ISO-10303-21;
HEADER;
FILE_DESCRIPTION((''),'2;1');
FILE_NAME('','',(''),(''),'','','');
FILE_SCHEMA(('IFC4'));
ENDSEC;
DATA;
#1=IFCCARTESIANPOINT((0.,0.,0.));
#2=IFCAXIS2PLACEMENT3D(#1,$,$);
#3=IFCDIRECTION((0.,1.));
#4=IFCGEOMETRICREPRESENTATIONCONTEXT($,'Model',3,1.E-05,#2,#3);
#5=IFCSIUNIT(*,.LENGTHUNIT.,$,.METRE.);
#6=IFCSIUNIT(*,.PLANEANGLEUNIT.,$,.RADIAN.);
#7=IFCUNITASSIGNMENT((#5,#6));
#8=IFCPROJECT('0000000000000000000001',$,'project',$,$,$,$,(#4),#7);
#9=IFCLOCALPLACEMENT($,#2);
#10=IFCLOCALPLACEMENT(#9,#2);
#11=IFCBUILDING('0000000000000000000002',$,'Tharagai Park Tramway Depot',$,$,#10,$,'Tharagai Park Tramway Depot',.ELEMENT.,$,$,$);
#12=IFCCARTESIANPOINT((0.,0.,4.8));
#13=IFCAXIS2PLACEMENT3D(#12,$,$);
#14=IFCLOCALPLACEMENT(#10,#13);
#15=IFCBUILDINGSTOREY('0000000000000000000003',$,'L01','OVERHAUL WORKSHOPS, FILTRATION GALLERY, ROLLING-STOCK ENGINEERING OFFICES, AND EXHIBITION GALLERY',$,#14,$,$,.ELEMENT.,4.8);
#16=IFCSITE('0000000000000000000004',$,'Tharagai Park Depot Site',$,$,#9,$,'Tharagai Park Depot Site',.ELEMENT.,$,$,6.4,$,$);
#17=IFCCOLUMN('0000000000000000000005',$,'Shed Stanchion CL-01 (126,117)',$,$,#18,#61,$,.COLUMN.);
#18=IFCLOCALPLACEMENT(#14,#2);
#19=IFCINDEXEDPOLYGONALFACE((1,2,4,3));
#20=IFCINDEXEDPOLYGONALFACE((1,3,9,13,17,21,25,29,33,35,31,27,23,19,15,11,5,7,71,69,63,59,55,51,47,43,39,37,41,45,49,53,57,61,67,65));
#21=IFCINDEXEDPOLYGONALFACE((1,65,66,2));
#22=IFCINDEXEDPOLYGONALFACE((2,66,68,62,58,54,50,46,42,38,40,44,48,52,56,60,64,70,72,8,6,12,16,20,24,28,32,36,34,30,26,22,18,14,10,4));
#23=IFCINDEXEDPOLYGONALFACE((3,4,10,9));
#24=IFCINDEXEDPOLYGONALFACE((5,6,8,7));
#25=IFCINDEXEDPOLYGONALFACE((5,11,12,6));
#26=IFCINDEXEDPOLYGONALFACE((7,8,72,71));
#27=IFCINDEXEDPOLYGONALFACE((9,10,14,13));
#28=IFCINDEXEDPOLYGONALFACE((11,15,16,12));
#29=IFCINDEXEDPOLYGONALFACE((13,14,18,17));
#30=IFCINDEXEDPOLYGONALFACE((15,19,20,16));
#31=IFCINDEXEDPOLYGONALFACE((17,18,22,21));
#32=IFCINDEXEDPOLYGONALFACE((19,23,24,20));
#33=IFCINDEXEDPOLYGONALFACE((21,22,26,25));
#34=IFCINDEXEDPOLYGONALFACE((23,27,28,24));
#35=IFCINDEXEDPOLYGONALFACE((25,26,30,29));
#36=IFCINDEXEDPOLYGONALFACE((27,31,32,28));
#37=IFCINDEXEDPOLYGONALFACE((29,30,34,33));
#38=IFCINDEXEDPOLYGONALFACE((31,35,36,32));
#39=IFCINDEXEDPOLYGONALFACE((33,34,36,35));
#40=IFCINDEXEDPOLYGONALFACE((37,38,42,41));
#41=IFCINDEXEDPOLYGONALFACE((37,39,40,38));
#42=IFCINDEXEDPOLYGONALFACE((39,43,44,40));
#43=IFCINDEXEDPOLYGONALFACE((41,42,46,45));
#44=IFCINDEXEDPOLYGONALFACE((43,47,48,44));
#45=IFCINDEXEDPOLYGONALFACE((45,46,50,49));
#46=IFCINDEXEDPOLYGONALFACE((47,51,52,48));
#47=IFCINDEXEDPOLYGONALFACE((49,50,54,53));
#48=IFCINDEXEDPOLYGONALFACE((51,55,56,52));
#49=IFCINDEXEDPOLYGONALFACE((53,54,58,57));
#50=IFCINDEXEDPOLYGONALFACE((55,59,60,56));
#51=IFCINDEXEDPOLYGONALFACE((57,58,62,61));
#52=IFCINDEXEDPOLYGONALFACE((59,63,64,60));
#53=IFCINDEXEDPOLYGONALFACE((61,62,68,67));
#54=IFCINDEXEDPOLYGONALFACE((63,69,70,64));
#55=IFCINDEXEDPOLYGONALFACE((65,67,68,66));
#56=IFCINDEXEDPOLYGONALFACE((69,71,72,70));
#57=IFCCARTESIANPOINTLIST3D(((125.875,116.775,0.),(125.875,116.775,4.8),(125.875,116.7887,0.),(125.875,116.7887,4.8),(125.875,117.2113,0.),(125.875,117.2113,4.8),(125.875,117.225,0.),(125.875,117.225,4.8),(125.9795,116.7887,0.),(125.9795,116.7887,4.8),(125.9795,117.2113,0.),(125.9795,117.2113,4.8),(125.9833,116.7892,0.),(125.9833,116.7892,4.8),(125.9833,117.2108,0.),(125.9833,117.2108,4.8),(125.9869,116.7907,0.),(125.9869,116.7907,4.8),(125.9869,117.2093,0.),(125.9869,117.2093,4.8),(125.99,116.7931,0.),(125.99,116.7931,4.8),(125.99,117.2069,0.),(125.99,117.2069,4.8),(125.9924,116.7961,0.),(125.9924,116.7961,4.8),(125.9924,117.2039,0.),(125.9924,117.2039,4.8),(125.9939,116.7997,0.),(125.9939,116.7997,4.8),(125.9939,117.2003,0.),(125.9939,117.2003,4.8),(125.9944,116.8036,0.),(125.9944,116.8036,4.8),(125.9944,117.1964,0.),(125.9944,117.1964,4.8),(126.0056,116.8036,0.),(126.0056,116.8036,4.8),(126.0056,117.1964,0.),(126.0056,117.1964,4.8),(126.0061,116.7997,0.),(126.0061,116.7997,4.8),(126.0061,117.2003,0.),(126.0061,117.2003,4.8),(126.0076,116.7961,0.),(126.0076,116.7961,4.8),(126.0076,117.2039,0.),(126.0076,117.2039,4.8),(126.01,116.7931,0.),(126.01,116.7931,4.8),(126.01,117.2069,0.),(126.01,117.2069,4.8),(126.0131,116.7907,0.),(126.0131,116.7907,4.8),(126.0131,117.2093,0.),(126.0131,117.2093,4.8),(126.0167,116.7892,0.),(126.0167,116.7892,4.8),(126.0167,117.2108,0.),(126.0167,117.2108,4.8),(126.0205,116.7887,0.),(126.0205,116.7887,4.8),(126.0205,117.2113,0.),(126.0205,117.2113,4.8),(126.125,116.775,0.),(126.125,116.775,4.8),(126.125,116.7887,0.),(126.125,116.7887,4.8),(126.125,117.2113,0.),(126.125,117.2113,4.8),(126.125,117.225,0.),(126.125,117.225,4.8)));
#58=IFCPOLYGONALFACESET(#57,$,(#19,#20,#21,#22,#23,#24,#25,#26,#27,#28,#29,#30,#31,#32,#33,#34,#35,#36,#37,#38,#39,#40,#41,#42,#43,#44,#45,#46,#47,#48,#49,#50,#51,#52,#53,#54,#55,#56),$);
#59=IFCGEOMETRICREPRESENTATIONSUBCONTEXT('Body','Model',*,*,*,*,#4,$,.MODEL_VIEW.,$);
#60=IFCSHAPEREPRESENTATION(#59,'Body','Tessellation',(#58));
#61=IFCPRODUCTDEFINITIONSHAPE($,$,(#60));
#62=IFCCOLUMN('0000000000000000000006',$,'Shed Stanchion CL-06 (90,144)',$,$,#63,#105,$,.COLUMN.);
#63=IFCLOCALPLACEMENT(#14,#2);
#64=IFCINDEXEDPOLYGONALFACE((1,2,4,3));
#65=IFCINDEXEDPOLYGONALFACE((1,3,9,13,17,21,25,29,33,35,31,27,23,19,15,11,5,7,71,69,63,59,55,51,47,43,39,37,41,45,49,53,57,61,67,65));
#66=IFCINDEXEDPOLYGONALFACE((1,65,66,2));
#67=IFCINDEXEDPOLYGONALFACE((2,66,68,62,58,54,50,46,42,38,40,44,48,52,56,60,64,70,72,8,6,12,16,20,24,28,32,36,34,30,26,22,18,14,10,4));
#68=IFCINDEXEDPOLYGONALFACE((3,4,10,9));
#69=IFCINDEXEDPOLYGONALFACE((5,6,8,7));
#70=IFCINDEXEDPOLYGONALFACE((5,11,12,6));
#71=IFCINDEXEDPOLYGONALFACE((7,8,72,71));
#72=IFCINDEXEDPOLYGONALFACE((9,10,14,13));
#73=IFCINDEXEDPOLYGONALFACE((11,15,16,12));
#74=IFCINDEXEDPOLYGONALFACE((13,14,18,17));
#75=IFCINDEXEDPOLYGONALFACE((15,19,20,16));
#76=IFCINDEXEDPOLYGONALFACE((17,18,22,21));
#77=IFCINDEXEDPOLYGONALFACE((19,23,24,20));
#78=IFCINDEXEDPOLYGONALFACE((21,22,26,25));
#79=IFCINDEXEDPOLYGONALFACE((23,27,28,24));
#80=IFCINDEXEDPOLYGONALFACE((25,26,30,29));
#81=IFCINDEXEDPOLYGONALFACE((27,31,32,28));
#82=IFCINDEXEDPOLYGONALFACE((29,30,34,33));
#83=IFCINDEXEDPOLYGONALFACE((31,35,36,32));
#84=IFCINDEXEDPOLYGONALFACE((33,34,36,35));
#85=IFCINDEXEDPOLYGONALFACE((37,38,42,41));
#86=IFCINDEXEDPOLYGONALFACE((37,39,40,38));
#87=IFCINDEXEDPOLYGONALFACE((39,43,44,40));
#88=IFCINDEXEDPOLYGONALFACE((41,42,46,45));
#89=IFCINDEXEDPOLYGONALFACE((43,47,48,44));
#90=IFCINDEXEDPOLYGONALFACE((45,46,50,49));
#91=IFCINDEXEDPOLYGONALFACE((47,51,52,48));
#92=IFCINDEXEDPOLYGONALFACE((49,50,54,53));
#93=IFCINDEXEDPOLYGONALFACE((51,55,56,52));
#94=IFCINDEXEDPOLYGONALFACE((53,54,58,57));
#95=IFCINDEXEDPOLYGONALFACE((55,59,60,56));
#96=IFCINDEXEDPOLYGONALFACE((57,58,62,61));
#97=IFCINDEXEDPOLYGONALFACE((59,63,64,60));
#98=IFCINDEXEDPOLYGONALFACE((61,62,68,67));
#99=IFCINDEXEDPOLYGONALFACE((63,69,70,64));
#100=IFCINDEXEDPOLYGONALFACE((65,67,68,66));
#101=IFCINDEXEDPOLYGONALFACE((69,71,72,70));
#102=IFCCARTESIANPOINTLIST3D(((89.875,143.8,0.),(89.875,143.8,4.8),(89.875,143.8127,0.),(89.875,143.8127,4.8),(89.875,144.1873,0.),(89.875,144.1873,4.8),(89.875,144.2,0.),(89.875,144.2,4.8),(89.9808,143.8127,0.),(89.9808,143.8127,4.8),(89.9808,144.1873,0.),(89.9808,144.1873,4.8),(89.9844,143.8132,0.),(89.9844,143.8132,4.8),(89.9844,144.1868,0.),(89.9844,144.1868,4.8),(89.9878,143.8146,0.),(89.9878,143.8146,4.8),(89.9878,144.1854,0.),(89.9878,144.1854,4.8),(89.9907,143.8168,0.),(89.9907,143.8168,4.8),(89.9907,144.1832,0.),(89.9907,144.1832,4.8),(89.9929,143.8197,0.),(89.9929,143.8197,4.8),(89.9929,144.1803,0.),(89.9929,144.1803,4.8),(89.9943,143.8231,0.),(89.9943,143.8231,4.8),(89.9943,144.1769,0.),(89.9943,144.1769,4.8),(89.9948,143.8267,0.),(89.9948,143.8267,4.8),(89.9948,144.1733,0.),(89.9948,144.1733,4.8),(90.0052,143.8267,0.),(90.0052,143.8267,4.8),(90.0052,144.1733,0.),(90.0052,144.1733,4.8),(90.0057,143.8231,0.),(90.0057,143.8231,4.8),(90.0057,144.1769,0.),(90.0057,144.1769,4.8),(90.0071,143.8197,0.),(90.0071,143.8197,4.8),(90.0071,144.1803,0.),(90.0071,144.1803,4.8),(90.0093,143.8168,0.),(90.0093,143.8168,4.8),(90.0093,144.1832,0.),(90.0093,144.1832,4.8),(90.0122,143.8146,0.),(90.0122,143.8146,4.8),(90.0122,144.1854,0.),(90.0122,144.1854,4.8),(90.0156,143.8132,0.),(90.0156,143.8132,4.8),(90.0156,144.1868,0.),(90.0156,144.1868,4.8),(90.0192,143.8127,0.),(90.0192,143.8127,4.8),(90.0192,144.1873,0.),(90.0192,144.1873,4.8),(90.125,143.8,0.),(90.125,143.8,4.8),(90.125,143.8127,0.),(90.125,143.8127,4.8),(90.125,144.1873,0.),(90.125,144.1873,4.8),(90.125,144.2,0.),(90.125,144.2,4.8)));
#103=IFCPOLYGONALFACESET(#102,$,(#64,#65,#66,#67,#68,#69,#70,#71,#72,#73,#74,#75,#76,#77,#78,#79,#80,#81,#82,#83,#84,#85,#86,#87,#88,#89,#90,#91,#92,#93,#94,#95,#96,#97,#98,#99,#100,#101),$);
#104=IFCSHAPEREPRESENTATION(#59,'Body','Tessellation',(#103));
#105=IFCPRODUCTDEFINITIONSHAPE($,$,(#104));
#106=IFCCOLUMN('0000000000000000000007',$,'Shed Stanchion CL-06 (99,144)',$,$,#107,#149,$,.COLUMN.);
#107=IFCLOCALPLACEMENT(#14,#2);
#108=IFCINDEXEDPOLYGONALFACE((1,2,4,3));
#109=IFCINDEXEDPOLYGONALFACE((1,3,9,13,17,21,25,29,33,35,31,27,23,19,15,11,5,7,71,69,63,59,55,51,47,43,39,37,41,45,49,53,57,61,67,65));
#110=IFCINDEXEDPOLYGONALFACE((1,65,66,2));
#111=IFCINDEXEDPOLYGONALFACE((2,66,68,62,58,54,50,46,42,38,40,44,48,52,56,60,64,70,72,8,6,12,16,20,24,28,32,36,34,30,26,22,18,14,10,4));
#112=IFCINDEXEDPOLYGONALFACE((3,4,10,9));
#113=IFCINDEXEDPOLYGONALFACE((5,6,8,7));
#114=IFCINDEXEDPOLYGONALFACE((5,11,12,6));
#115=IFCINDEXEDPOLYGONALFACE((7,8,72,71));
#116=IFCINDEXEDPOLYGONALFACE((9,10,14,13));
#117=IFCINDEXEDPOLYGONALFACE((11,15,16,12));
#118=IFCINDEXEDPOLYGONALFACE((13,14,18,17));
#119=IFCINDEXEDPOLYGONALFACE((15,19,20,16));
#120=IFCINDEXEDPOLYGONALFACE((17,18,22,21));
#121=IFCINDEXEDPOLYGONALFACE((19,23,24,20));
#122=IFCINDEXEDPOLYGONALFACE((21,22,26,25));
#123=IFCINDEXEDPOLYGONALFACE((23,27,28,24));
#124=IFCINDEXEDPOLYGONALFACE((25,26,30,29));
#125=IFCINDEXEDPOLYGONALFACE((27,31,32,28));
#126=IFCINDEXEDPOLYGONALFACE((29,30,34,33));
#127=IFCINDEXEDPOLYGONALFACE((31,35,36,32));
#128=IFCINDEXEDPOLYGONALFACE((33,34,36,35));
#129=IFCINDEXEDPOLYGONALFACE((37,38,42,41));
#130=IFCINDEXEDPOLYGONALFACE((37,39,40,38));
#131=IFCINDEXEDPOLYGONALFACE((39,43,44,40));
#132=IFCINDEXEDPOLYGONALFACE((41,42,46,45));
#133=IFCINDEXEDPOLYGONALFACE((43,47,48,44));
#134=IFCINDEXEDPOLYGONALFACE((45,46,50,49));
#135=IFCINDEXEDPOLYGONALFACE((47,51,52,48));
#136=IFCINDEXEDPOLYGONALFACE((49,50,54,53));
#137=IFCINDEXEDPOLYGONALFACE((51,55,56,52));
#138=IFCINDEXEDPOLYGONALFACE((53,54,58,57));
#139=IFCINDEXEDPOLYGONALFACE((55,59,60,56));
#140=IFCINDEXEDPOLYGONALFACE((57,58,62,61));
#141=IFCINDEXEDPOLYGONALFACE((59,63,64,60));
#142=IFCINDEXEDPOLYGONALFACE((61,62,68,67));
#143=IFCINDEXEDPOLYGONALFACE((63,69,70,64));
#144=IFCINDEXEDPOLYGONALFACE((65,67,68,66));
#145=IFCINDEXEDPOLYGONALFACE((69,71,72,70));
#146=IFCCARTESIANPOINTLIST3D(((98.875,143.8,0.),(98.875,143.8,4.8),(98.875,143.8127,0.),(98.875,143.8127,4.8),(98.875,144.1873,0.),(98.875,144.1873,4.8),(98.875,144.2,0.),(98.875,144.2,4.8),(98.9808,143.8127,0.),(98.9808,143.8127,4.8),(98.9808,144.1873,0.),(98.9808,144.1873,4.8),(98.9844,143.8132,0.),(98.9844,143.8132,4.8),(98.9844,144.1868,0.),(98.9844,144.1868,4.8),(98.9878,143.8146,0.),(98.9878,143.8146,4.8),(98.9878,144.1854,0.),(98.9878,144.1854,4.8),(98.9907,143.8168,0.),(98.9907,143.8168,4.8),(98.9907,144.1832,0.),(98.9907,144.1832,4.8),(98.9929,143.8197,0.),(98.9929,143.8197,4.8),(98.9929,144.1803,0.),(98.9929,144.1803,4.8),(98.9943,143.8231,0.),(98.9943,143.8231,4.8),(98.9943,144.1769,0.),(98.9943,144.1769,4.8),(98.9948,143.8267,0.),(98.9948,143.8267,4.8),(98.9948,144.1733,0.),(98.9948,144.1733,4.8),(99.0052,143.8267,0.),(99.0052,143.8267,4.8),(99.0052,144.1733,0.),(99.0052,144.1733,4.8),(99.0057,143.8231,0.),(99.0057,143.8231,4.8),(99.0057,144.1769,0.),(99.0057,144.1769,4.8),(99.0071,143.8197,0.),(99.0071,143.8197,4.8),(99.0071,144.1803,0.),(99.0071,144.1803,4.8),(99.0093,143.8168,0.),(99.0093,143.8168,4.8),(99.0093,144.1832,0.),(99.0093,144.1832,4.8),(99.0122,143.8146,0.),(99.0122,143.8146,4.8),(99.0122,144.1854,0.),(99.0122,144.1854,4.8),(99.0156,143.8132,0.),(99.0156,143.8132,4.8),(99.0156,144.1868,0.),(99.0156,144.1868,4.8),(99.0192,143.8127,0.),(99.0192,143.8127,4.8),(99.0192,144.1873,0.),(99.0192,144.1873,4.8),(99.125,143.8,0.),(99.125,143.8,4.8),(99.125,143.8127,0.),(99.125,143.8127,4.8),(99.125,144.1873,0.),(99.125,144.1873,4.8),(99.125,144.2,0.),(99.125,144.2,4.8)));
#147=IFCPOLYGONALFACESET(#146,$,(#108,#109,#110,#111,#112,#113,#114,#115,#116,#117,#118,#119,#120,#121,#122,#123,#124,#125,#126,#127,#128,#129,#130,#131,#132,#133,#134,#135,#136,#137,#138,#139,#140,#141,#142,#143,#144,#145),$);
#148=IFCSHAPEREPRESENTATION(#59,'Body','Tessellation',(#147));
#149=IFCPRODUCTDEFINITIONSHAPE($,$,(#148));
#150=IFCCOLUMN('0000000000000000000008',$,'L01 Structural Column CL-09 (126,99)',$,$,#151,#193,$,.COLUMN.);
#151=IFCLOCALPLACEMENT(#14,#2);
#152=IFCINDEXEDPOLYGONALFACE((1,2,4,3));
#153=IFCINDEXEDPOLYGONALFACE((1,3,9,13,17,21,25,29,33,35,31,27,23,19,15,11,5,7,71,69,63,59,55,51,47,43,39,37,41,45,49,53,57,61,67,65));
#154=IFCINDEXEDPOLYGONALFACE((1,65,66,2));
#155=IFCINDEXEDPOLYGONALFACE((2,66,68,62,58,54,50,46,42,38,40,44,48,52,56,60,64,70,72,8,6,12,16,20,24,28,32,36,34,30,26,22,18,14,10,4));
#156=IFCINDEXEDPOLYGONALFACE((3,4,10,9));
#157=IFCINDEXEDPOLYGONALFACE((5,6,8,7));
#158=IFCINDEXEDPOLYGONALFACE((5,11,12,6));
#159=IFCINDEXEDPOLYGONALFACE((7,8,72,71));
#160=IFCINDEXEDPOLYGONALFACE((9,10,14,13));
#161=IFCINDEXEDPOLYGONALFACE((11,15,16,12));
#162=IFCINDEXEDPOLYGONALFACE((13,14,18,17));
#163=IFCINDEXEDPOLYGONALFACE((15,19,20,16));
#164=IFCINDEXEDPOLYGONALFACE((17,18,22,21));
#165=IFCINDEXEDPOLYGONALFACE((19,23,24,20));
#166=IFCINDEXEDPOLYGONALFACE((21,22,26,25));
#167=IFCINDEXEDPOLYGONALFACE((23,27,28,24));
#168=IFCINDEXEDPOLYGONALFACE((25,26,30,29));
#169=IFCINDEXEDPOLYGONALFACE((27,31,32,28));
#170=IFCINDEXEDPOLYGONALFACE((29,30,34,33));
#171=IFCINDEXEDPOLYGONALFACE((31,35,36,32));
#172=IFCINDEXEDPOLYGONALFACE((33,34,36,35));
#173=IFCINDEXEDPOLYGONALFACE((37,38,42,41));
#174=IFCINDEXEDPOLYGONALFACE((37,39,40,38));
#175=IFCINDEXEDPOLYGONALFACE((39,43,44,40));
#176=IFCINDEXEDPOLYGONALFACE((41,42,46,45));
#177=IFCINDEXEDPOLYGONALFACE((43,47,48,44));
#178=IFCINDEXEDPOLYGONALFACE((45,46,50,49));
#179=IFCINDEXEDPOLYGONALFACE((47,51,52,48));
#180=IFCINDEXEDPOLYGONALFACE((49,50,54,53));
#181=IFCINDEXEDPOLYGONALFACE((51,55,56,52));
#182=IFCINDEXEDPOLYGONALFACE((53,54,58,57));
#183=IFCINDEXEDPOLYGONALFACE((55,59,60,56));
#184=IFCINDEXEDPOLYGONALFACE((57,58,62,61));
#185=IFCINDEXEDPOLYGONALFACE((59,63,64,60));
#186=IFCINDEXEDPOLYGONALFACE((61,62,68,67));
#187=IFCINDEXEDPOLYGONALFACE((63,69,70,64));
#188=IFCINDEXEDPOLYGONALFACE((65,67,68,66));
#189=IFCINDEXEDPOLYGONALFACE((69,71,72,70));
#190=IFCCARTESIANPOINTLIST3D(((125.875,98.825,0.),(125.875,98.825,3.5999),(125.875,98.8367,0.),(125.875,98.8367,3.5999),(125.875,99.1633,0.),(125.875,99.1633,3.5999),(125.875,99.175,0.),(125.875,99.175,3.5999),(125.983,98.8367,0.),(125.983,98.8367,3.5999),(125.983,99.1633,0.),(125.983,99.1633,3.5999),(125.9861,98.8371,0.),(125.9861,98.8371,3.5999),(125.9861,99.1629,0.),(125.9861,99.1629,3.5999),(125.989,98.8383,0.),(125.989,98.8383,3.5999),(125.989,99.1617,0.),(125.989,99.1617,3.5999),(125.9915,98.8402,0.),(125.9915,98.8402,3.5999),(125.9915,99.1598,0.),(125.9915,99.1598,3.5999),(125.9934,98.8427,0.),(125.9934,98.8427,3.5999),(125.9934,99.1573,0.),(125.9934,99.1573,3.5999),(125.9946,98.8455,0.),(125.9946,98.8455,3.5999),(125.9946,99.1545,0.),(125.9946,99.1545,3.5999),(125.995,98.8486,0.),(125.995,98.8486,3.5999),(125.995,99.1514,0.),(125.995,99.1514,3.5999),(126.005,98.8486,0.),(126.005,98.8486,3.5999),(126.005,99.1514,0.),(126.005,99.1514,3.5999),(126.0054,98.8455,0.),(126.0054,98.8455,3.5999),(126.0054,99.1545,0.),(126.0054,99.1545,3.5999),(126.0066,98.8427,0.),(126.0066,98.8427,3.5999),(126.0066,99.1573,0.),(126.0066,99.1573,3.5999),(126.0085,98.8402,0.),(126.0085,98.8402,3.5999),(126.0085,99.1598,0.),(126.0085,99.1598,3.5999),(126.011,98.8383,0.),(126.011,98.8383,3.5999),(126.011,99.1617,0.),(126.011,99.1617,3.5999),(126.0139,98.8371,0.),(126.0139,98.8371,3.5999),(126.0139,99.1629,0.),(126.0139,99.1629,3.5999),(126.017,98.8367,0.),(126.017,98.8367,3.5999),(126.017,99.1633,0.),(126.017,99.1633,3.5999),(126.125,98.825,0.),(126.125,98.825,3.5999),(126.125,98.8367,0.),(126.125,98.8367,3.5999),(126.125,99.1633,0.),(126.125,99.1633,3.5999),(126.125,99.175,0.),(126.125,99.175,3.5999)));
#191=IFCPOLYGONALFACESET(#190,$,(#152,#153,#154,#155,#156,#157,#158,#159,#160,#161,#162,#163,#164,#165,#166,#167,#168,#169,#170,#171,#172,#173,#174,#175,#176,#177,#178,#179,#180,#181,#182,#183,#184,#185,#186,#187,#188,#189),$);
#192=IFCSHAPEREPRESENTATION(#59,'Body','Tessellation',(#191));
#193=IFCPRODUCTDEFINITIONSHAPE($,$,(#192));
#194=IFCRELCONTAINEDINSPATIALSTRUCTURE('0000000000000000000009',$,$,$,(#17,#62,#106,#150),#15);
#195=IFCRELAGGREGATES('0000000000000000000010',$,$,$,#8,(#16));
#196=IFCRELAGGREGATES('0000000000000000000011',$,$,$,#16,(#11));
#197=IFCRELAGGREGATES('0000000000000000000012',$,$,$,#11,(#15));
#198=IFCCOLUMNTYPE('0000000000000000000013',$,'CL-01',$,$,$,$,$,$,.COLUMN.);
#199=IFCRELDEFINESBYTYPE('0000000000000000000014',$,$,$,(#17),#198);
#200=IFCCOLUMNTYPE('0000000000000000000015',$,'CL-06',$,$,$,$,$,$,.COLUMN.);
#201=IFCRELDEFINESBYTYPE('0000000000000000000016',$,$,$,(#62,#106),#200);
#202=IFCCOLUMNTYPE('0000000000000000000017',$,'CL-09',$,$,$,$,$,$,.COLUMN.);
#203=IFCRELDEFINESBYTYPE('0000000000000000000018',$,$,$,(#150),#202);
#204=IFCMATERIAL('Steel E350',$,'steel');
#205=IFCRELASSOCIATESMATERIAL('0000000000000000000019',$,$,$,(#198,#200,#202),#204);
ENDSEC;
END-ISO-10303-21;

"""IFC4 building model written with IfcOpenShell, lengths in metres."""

from ifc_helpers import new_model, si_unit, direction, frame, origin, origin_2d, place, context, subcontext, project, spatial, i_section, extrude, material, material_profile, profile_set, type_object, element, save


model = new_model("IFC4")

# Units and contexts
model_context = context("Model", 3, precision=1e-05, world=origin(), true_north=direction((0.0, 1.0)))
body_context = subcontext(model_context, "Body", "Model", "MODEL_VIEW")
ifc_project = project(units=[si_unit("LENGTHUNIT", "METRE"), si_unit("PLANEANGLEUNIT", "RADIAN")], contexts=[model_context])

# Site, building, storey
site_placement = place(None, origin())
site = spatial("IfcSite", under=ifc_project, at=site_placement, Name="Tharagai Park Depot Site", LongName="Tharagai Park Depot Site", CompositionType="ELEMENT", RefElevation=6.4)
building_placement = place(site_placement, origin())
building = spatial("IfcBuilding", under=site, at=building_placement, Name="Tharagai Park Tramway Depot", LongName="Tharagai Park Tramway Depot", CompositionType="ELEMENT")
storey_placement = place(building_placement, frame((0.0, 0.0, 4.8)))
storey = spatial("IfcBuildingStorey", under=building, at=storey_placement, Name="L01", Description="OVERHAUL WORKSHOPS, FILTRATION GALLERY, ROLLING-STOCK ENGINEERING OFFICES, AND EXHIBITION GALLERY", CompositionType="ELEMENT", Elevation=4.8)

# Columns
ifc_material_1 = material(Name="Steel E350", Category="steel")
ifc_material_profile_1 = material_profile(ifc_material_1, i_section(OverallWidth=0.25, OverallDepth=0.45, WebThickness=0.0112, FlangeThickness=0.0137, FilletRadius=0.0149, at=origin_2d()), Name="ISHB 450")
ifc_profile_set_1 = profile_set([ifc_material_profile_1], Name="Steel E350")
column_type_1 = type_object("IfcColumnType", Name="CL-01", PredefinedType="COLUMN", material=ifc_profile_set_1)
for number, where, z_axis, x_axis, name in (
    (1, (126.0, 117.0, 0.0), (0.0, 0.0, 1.0), (1.0, 0.0, 0.0), "Shed Stanchion CL-01 (126,117)"),
):
    element("IfcColumn", number, at=place(storey_placement, frame(where, z_axis=z_axis, x_axis=x_axis)), inside=storey, type_object=column_type_1, Name=name, PredefinedType="COLUMN", context=body_context, shape_type="SweptSolid", body=[
        extrude(i_section(OverallWidth=0.25, OverallDepth=0.45, WebThickness=0.0112, FlangeThickness=0.0137, FilletRadius=0.0149, at=origin_2d()), origin(), (0.0, 0.0, 1.0), 4.8),
    ])
ifc_material_profile_2 = material_profile(ifc_material_1, i_section(OverallWidth=0.25, OverallDepth=0.3999, WebThickness=0.0105, FlangeThickness=0.0127, FilletRadius=0.0139, at=origin_2d()), Name="ISHB 400")
ifc_profile_set_2 = profile_set([ifc_material_profile_2], Name="Steel E350")
column_type_2 = type_object("IfcColumnType", Name="CL-06", PredefinedType="COLUMN", material=ifc_profile_set_2)
for number, where, z_axis, x_axis, name in (
    (2, (90.0, 144.0, 0.0), (0.0, 0.0, 1.0), (1.0, 0.0, 0.0), "Shed Stanchion CL-06 (90,144)"),
    (3, (99.0, 144.0, 0.0), (0.0, 0.0, 1.0), (1.0, 0.0, 0.0), "Shed Stanchion CL-06 (99,144)"),
):
    element("IfcColumn", number, at=place(storey_placement, frame(where, z_axis=z_axis, x_axis=x_axis)), inside=storey, type_object=column_type_2, Name=name, PredefinedType="COLUMN", context=body_context, shape_type="SweptSolid", body=[
        extrude(i_section(OverallWidth=0.25, OverallDepth=0.3999, WebThickness=0.0105, FlangeThickness=0.0127, FilletRadius=0.0139, at=origin_2d()), origin(), (0.0, 0.0, 1.0), 4.8),
    ])
ifc_material_profile_3 = material_profile(ifc_material_1, i_section(OverallWidth=0.25, OverallDepth=0.3501, WebThickness=0.01, FlangeThickness=0.0117, FilletRadius=0.012, at=origin_2d()), Name="ISHB 350")
ifc_profile_set_3 = profile_set([ifc_material_profile_3], Name="Steel E350")
column_type_3 = type_object("IfcColumnType", Name="CL-09", PredefinedType="COLUMN", material=ifc_profile_set_3)
column_placement = place(storey_placement, frame((126.0, 99.0, 0.0), z_axis=(0.0, 0.0, 1.0), x_axis=(1.0, 0.0, 0.0)))
element("IfcColumn", 4, at=column_placement, inside=storey, type_object=column_type_3, Name="L01 Structural Column CL-09 (126,99)", PredefinedType="COLUMN", context=body_context, shape_type="SweptSolid", body=[
    extrude(i_section(OverallWidth=0.25, OverallDepth=0.3501, WebThickness=0.01, FlangeThickness=0.0117, FilletRadius=0.012, at=origin_2d()), origin(), (0.0, 0.0, 1.0), 3.5999),
])

save(model, "model.ifc")
